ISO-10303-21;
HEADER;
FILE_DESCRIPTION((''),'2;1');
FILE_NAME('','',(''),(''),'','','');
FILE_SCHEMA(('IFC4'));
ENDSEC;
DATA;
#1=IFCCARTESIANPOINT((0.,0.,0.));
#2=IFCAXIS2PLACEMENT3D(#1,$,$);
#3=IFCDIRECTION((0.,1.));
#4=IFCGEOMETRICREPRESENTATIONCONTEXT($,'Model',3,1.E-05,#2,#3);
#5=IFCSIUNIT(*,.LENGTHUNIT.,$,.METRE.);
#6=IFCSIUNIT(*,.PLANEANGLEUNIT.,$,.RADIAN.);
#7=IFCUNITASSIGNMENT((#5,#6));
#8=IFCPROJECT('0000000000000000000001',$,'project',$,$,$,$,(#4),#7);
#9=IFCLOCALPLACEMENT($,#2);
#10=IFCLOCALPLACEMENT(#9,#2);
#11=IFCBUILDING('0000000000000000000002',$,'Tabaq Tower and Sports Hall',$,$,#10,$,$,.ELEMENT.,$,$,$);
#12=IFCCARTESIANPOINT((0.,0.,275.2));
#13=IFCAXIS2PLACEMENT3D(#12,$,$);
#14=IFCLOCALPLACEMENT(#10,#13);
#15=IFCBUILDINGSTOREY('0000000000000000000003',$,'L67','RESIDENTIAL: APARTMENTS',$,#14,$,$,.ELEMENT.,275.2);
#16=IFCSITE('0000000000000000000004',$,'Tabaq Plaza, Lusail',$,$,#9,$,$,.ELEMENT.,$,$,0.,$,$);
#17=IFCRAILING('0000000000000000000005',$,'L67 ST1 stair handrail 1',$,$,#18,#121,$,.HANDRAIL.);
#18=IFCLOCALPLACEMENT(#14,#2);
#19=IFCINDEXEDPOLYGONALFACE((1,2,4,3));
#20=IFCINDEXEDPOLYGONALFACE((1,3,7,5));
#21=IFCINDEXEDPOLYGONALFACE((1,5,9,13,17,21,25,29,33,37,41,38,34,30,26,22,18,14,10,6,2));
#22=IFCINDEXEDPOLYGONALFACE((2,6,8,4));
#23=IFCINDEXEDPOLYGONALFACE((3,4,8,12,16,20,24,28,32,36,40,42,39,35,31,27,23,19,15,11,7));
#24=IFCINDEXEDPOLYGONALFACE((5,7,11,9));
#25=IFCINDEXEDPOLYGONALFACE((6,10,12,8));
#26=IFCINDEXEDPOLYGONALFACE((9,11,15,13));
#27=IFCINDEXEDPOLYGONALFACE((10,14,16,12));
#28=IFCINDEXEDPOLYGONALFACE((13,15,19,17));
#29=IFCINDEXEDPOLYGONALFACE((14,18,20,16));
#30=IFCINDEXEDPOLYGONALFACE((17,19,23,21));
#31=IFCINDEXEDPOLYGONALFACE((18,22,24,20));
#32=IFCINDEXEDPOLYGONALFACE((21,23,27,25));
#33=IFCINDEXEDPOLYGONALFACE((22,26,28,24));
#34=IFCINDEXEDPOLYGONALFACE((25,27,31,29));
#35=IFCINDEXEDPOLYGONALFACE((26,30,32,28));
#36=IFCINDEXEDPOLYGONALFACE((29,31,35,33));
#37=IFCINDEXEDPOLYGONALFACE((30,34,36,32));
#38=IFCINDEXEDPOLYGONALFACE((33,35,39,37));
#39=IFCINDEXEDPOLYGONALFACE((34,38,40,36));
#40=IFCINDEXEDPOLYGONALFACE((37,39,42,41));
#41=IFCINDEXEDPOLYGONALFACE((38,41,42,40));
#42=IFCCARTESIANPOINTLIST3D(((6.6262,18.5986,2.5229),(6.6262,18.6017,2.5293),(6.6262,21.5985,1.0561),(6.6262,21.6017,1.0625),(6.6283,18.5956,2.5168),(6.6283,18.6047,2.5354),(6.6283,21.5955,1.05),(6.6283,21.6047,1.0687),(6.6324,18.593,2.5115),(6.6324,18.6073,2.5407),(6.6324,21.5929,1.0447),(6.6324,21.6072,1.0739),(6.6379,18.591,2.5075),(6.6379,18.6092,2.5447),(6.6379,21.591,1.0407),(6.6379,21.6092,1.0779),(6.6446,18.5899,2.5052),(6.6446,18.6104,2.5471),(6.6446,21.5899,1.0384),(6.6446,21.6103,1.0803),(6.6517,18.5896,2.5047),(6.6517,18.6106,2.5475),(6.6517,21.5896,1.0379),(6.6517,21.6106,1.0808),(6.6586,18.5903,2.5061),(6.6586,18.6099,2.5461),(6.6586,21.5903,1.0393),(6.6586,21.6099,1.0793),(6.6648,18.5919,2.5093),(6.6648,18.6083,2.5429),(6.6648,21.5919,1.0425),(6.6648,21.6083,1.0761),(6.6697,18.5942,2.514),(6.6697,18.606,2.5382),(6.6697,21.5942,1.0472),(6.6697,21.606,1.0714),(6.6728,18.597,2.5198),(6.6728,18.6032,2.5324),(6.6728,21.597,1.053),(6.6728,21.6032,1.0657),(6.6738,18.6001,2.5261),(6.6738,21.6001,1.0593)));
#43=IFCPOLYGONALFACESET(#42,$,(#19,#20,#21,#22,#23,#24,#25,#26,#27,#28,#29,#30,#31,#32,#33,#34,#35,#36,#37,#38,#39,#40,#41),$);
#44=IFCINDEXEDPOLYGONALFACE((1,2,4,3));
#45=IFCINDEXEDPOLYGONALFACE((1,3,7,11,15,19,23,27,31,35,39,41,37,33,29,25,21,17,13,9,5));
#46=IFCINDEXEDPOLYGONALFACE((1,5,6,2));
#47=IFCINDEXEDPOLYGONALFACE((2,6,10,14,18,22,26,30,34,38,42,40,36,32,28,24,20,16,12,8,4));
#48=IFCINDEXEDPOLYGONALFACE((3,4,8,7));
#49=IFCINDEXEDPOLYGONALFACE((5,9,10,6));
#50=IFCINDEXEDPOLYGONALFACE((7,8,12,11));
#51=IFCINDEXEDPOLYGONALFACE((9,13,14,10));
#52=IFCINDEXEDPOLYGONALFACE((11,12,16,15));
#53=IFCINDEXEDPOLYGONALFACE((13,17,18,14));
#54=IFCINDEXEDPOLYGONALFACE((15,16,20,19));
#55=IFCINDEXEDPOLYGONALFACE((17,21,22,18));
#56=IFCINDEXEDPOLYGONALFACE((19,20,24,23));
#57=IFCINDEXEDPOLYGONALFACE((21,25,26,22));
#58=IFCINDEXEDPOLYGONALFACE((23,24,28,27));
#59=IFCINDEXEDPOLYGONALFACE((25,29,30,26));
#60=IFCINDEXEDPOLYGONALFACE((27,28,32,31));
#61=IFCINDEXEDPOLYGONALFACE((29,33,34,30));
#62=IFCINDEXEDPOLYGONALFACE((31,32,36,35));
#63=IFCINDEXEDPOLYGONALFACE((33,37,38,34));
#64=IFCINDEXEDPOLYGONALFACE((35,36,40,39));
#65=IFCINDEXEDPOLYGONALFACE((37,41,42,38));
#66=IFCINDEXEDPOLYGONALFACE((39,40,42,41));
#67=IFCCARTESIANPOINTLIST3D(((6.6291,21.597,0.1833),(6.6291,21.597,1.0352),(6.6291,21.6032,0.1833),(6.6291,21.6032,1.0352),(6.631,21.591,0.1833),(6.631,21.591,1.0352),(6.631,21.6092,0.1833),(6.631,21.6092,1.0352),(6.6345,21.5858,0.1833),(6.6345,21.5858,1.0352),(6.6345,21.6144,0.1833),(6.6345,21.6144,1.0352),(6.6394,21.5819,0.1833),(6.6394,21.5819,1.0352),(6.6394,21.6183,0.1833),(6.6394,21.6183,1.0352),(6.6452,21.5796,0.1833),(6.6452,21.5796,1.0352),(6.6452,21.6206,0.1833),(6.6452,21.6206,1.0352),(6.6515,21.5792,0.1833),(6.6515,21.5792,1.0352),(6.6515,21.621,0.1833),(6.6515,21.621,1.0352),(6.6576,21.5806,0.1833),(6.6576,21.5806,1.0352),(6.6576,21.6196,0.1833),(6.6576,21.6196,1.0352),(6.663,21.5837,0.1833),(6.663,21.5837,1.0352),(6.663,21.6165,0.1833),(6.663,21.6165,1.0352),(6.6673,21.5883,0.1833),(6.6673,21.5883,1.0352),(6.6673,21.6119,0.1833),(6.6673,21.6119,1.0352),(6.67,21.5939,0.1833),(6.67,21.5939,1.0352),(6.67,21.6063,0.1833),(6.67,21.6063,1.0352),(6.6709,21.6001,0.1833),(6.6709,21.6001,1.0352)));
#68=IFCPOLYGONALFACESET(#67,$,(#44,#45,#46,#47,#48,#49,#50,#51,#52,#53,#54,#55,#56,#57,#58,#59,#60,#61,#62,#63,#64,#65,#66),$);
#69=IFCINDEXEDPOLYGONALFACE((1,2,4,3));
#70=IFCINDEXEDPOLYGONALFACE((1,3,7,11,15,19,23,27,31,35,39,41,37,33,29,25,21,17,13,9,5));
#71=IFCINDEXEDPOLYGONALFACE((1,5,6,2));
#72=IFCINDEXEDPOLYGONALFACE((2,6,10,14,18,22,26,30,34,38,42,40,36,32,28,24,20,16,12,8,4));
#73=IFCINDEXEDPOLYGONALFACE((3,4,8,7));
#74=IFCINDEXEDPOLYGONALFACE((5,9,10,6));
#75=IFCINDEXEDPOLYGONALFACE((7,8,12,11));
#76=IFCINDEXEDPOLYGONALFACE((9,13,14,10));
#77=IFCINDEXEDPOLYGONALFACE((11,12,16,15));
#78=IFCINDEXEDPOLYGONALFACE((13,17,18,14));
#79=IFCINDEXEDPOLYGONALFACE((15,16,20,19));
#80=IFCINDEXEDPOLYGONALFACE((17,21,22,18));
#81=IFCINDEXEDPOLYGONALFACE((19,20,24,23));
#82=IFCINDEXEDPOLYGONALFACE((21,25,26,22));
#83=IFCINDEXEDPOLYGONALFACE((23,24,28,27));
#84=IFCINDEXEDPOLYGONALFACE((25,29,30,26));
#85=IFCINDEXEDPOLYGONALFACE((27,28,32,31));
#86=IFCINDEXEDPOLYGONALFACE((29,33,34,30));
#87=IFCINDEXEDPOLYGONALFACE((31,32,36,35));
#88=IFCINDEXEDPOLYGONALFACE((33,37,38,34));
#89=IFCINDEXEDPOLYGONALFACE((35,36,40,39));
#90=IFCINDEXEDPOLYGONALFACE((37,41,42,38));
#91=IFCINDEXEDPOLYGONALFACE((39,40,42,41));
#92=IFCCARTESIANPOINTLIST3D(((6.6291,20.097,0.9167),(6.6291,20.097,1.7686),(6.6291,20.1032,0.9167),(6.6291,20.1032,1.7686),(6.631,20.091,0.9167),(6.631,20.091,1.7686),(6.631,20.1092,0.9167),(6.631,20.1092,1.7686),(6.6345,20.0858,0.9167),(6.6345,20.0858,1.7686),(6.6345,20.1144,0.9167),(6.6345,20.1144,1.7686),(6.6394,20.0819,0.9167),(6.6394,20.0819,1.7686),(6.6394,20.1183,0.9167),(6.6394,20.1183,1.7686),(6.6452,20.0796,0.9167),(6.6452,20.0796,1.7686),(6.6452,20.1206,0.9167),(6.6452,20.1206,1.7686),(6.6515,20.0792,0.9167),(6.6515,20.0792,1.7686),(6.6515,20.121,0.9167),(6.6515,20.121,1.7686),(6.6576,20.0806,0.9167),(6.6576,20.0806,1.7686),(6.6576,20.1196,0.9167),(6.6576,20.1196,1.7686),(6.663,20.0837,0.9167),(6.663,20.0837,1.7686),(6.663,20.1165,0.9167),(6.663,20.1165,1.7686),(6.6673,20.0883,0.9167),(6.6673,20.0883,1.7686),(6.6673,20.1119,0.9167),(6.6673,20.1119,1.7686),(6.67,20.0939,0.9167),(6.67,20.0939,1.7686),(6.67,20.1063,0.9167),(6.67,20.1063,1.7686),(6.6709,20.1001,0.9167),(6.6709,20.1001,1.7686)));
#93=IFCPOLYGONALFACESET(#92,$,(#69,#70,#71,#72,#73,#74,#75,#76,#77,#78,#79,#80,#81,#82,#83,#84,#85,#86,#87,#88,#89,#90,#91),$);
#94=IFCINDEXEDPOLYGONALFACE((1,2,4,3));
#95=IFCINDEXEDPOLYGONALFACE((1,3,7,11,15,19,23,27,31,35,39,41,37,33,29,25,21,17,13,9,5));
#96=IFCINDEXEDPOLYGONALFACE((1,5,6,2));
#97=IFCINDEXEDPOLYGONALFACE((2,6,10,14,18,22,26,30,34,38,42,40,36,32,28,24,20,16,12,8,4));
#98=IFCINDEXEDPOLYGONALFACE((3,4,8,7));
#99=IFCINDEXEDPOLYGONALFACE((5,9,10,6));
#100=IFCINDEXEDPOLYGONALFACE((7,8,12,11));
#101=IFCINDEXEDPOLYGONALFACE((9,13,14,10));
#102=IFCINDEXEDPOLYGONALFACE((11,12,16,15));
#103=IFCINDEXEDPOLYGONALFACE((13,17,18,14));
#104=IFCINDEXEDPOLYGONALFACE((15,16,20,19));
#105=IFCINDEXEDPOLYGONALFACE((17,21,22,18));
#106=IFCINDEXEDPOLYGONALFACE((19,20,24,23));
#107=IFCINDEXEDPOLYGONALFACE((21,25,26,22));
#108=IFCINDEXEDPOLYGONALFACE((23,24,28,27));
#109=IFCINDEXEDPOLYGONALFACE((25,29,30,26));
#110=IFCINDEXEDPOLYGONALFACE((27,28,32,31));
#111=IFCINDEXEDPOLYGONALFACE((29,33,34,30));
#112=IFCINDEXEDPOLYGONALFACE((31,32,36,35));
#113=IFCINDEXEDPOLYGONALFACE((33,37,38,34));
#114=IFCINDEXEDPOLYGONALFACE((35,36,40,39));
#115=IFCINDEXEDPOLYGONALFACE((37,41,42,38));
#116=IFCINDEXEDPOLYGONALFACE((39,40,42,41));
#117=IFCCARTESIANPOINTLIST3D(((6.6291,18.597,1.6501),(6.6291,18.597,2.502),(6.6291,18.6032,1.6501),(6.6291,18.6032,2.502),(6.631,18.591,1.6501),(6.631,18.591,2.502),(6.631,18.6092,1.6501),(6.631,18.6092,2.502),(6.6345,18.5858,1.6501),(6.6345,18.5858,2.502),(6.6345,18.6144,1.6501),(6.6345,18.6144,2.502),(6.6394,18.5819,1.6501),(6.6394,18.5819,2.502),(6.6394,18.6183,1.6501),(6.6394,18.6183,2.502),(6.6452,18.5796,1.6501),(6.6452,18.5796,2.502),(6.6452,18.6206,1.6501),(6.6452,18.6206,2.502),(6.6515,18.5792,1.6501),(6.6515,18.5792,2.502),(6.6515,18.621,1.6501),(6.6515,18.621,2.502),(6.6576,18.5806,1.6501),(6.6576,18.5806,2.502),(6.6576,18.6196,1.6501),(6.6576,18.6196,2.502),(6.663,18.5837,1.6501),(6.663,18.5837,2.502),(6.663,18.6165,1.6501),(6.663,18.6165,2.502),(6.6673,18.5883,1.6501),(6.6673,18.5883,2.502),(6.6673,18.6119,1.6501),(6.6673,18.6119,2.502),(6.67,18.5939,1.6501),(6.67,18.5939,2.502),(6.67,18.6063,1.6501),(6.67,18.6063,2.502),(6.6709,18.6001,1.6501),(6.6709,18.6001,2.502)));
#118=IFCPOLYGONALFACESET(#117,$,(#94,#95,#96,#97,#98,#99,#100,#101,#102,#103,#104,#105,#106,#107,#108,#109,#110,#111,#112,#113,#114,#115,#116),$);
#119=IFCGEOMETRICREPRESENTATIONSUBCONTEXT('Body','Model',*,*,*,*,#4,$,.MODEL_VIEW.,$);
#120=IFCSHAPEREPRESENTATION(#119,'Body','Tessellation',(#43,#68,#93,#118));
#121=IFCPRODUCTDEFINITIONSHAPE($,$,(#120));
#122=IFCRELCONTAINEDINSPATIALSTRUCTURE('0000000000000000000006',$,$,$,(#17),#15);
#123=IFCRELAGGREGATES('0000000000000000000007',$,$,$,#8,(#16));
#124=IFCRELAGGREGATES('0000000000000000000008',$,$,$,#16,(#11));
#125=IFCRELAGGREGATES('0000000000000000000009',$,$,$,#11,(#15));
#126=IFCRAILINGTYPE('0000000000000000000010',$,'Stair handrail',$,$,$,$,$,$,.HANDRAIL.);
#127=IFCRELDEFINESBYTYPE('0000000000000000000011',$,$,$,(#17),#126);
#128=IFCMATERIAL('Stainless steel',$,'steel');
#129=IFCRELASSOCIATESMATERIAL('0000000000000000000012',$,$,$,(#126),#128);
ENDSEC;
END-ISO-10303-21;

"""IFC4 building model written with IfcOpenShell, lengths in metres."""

from ifc_helpers import new_model, si_unit, direction, frame, origin, origin_2d, place, context, subcontext, project, spatial, circle, extrude, material, type_object, element, save


model = new_model("IFC4")

# Units and contexts
model_context = context("Model", 3, precision=1e-05, world=origin(), true_north=direction((0.0, 1.0)))
body_context = subcontext(model_context, "Body", "Model", "MODEL_VIEW")
ifc_project = project(units=[si_unit("LENGTHUNIT", "METRE"), si_unit("PLANEANGLEUNIT", "RADIAN")], contexts=[model_context])

# Site, building, storey
site_placement = place(None, origin())
site = spatial("IfcSite", under=ifc_project, at=site_placement, Name="Tabaq Plaza, Lusail", CompositionType="ELEMENT", RefElevation=0.0)
building_placement = place(site_placement, origin())
building = spatial("IfcBuilding", under=site, at=building_placement, Name="Tabaq Tower and Sports Hall", CompositionType="ELEMENT")
storey_placement = place(building_placement, frame((0.0, 0.0, 275.2)))
storey = spatial("IfcBuildingStorey", under=building, at=storey_placement, Name="L67", Description="RESIDENTIAL: APARTMENTS", CompositionType="ELEMENT", Elevation=275.2)

# Railing
ifc_material_1 = material(Name="Stainless steel", Category="steel")
railing_type = type_object("IfcRailingType", Name="Stair handrail", PredefinedType="HANDRAIL", material=ifc_material_1)
railing_1_placement = place(storey_placement, frame((6.6499, 21.6001, 0.1833)))
element("IfcRailing", 1, at=railing_1_placement, inside=storey, type_object=railing_type, Name="L67 ST1 stair handrail 1", PredefinedType="HANDRAIL", context=body_context, shape_type="SweptSolid", body=[
    extrude(circle(Radius=0.0239, at=origin_2d()), frame((0.0, 0.0, 0.876), z_axis=(0.0, -0.898369, 0.439242), x_axis=(1.0, 0.0, 0.0)), (0.0, 0.0, 1.0), 3.3394),
    extrude(circle(Radius=0.021, at=origin_2d()), origin(), (0.0, 0.0, 1.0), 0.8518),
    extrude(circle(Radius=0.021, at=origin_2d()), frame((0.0, -1.5, 0.7334)), (0.0, 0.0, 1.0), 0.8518),
    extrude(circle(Radius=0.021, at=origin_2d()), frame((0.0, -3.0, 1.4668)), (0.0, 0.0, 1.0), 0.8518),
])

save(model, "model.ifc")
